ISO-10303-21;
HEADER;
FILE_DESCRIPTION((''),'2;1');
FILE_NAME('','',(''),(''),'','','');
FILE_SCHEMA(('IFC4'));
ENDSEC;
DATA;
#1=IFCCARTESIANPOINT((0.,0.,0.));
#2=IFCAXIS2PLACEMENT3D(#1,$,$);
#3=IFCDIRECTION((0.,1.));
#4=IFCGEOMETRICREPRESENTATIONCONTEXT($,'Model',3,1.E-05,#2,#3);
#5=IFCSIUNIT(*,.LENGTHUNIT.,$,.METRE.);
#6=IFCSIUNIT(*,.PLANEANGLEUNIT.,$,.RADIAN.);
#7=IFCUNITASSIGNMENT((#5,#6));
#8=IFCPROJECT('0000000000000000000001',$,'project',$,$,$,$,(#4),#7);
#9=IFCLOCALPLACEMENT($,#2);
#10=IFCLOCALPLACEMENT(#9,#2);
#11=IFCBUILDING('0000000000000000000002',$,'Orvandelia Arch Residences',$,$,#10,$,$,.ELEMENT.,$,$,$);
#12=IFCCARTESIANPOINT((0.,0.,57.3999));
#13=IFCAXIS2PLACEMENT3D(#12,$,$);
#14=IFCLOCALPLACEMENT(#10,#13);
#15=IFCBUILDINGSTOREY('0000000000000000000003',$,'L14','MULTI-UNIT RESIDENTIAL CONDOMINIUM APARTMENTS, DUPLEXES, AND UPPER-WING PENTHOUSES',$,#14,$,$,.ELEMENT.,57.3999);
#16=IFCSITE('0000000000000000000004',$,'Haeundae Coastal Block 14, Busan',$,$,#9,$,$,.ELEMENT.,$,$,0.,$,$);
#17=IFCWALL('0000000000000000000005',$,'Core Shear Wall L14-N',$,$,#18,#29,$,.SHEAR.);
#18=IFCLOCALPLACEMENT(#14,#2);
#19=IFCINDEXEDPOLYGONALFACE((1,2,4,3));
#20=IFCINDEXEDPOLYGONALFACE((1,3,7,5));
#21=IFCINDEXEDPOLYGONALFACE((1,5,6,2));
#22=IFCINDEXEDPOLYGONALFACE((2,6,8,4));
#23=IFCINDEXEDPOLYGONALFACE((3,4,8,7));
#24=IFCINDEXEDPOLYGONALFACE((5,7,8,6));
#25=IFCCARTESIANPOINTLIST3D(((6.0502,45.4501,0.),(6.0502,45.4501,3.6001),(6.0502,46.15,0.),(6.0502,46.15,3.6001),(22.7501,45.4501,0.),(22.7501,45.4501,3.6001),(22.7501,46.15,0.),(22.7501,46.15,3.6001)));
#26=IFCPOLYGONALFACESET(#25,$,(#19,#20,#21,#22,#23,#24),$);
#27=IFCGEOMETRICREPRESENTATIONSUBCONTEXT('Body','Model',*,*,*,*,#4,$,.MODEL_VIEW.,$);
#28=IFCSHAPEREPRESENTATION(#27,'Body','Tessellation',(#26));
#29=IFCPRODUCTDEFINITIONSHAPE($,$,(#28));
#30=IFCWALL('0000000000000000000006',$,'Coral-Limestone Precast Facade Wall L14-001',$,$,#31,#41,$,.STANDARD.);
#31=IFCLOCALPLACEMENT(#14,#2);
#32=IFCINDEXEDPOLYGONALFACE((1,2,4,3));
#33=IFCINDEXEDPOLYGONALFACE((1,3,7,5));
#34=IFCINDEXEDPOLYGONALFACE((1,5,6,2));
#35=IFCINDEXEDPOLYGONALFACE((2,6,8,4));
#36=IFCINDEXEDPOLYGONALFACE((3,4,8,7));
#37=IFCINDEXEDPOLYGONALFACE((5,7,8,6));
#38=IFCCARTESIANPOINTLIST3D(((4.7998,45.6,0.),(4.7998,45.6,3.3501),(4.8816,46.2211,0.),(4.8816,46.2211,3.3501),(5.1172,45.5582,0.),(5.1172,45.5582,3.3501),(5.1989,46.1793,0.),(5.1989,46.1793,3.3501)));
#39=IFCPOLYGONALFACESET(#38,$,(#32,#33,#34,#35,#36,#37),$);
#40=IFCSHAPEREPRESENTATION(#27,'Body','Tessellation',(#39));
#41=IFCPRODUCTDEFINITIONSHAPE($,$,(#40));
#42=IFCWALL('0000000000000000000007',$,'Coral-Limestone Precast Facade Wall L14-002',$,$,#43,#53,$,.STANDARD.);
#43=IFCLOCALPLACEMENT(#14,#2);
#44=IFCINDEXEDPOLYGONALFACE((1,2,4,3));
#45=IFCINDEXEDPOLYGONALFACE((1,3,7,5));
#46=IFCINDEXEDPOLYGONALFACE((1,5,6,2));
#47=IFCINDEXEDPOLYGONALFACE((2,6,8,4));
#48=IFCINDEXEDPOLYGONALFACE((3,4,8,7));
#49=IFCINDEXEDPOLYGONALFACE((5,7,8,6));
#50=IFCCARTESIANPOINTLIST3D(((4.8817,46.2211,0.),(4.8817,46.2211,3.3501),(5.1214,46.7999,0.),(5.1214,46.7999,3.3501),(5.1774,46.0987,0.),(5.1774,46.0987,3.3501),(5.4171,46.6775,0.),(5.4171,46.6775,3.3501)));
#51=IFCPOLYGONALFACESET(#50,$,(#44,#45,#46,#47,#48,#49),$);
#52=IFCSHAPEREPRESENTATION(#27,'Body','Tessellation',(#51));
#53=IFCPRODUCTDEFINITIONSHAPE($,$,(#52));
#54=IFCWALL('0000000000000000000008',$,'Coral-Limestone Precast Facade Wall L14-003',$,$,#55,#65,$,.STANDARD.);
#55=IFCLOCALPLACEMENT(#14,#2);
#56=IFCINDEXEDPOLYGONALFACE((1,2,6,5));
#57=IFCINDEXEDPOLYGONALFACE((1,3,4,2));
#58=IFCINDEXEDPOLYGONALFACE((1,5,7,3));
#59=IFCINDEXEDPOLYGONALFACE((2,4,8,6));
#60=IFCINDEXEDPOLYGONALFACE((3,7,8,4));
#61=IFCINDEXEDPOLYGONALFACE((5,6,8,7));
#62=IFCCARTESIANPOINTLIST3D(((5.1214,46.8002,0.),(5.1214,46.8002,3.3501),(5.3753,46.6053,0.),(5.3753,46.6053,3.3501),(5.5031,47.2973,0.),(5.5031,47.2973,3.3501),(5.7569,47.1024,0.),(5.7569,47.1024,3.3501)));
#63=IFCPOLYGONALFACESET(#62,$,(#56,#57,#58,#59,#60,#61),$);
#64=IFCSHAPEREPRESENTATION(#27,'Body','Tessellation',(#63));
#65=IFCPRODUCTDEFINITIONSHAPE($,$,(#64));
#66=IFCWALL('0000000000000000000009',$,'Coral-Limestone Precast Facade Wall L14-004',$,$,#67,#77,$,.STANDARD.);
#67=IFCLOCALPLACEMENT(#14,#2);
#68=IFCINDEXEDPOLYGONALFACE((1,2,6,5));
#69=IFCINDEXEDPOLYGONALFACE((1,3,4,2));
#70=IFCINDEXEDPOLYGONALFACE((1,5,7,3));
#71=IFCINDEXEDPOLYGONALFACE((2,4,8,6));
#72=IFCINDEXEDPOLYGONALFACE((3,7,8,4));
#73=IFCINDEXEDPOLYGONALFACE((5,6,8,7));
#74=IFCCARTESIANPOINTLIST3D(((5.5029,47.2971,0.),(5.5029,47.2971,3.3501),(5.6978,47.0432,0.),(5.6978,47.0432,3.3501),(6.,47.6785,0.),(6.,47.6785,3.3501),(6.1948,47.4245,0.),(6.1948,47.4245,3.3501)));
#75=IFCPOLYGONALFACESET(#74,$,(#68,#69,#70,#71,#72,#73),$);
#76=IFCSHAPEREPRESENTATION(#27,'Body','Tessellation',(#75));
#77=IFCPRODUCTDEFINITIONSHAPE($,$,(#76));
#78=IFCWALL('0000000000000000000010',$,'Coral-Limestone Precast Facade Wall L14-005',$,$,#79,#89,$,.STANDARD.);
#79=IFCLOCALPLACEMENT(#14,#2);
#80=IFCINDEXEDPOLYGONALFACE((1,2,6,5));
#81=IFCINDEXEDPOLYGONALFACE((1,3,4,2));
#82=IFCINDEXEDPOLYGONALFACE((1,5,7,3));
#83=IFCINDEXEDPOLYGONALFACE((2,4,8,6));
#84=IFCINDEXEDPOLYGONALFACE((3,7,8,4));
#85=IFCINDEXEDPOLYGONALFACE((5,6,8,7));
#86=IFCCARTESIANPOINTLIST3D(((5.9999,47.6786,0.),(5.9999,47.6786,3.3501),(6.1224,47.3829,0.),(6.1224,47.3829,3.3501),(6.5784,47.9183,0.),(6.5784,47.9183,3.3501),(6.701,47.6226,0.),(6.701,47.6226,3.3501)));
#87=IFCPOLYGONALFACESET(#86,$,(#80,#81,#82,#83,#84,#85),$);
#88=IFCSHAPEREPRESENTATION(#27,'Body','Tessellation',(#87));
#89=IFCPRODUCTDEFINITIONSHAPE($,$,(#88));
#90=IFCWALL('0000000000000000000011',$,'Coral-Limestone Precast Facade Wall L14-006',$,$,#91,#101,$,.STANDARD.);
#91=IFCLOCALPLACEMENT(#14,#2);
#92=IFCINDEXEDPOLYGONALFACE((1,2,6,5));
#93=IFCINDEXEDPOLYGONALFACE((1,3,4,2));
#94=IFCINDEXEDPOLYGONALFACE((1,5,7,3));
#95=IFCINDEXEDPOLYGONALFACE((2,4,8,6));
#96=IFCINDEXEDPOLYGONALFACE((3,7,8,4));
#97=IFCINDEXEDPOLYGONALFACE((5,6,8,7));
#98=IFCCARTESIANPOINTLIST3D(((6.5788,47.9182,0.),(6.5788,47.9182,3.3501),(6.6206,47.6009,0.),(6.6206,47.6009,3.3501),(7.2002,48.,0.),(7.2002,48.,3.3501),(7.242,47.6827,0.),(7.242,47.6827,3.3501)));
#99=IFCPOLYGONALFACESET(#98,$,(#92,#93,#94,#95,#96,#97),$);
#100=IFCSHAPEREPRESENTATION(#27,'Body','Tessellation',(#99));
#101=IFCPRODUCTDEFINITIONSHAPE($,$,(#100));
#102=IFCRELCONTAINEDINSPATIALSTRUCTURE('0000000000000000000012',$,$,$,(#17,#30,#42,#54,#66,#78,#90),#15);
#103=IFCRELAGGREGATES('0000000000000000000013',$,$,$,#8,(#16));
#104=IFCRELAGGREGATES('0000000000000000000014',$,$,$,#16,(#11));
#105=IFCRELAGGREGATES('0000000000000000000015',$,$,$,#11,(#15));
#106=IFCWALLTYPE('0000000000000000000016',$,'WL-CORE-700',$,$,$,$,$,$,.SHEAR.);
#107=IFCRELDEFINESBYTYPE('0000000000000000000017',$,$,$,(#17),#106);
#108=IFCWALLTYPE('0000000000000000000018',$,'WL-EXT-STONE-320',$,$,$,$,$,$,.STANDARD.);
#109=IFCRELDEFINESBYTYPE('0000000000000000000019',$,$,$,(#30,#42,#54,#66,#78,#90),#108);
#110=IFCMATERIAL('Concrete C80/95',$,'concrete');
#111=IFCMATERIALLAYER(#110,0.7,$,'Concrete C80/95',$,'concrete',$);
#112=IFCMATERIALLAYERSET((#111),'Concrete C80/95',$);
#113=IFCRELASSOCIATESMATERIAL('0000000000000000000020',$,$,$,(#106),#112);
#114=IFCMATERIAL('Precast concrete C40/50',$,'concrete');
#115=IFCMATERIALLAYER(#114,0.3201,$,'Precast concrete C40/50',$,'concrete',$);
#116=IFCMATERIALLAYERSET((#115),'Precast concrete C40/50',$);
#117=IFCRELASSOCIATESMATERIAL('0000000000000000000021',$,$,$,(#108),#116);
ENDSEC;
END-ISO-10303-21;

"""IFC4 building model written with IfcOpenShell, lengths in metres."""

from ifc_helpers import new_model, si_unit, direction, frame, frame_2d, origin, place, context, subcontext, project, spatial, rectangle, extrude, material, layer, layer_set, type_object, element, save


model = new_model("IFC4")

# Units and contexts
model_context = context("Model", 3, precision=1e-05, world=origin(), true_north=direction((0.0, 1.0)))
body_context = subcontext(model_context, "Body", "Model", "MODEL_VIEW")
ifc_project = project(units=[si_unit("LENGTHUNIT", "METRE"), si_unit("PLANEANGLEUNIT", "RADIAN")], contexts=[model_context])

# Site, building, storey
site_placement = place(None, origin())
site = spatial("IfcSite", under=ifc_project, at=site_placement, Name="Haeundae Coastal Block 14, Busan", CompositionType="ELEMENT", RefElevation=0.0)
building_placement = place(site_placement, origin())
building = spatial("IfcBuilding", under=site, at=building_placement, Name="Orvandelia Arch Residences", CompositionType="ELEMENT")
storey_placement = place(building_placement, frame((0.0, 0.0, 57.3999)))
storey = spatial("IfcBuildingStorey", under=building, at=storey_placement, Name="L14", Description="MULTI-UNIT RESIDENTIAL CONDOMINIUM APARTMENTS, DUPLEXES, AND UPPER-WING PENTHOUSES", CompositionType="ELEMENT", Elevation=57.3999)

# Shared definitions
ifc_material_1 = material(Name="Concrete C80/95", Category="concrete")

# Walls
ifc_layer_1 = layer(ifc_material_1, 0.7, Name="Concrete C80/95", Category="concrete")
ifc_layer_set_1 = layer_set([ifc_layer_1], Name="Concrete C80/95")
wall_type_1 = type_object("IfcWallType", Name="WL-CORE-700", PredefinedType="SHEAR", material=ifc_layer_set_1)
wall_1_placement = place(storey_placement, frame((6.05, 45.8, 0.0), z_axis=(0.0, 0.0, 1.0), x_axis=(1.0, 0.0, 0.0)))
element("IfcWall", 1, at=wall_1_placement, inside=storey, type_object=wall_type_1, Name="Core Shear Wall L14-N", PredefinedType="SHEAR", context=body_context, shape_type="SweptSolid", body=[
    extrude(rectangle(XDim=16.7, YDim=0.7, at=frame_2d((8.3501, 0.0))), origin(), (0.0, 0.0, 1.0), 3.6001),
])
ifc_material_2 = material(Name="Precast concrete C40/50", Category="concrete")
ifc_layer_2 = layer(ifc_material_2, 0.3201, Name="Precast concrete C40/50", Category="concrete")
ifc_layer_set_2 = layer_set([ifc_layer_2], Name="Precast concrete C40/50")
wall_type_2 = type_object("IfcWallType", Name="WL-EXT-STONE-320", PredefinedType="STANDARD", material=ifc_layer_set_2)
for number, where, z_axis, x_axis, name in (
    (2, (4.9585, 45.5791, 0.0), (0.0, 0.0, 1.0), (0.130555, 0.991441, 0.0), "Coral-Limestone Precast Facade Wall L14-001"),
    (3, (5.0295, 46.1599, 0.0), (0.0, 0.0, 1.0), (0.38265, 0.923893, 0.0), "Coral-Limestone Precast Facade Wall L14-002"),
):
    element("IfcWall", number, at=place(storey_placement, frame(where, z_axis=z_axis, x_axis=x_axis)), inside=storey, type_object=wall_type_2, Name=name, PredefinedType="STANDARD", context=body_context, shape_type="SweptSolid", body=[
        extrude(rectangle(XDim=0.6265, YDim=0.3201, at=frame_2d((0.3132, 0.0))), origin(), (0.0, 0.0, 1.0), 3.3501),
    ])
wall_2_placement = place(storey_placement, frame((5.2483, 46.7026, 0.0), z_axis=(0.0, 0.0, 1.0), x_axis=(0.608939, 0.793217, 0.0)))
element("IfcWall", 4, at=wall_2_placement, inside=storey, type_object=wall_type_2, Name="Coral-Limestone Precast Facade Wall L14-003", PredefinedType="STANDARD", context=body_context, shape_type="SweptSolid", body=[
    extrude(rectangle(XDim=0.6267, YDim=0.3201, at=frame_2d((0.3135, 0.0))), origin(), (0.0, 0.0, 1.0), 3.3501),
])
wall_3_placement = place(storey_placement, frame((5.6003, 47.1702, 0.0), z_axis=(0.0, 0.0, 1.0), x_axis=(0.793406, 0.608693, 0.0)))
element("IfcWall", 5, at=wall_3_placement, inside=storey, type_object=wall_type_2, Name="Coral-Limestone Precast Facade Wall L14-004", PredefinedType="STANDARD", context=body_context, shape_type="SweptSolid", body=[
    extrude(rectangle(XDim=0.6265, YDim=0.3201, at=frame_2d((0.3132, 0.0))), origin(), (0.0, 0.0, 1.0), 3.3501),
])
wall_4_placement = place(storey_placement, frame((6.0613, 47.5308, 0.0), z_axis=(0.0, 0.0, 1.0), x_axis=(0.923836, 0.382788, 0.0)))
element("IfcWall", 6, at=wall_4_placement, inside=storey, type_object=wall_type_2, Name="Coral-Limestone Precast Facade Wall L14-005", PredefinedType="STANDARD", context=body_context, shape_type="SweptSolid", body=[
    extrude(rectangle(XDim=0.6262, YDim=0.3201, at=frame_2d((0.313, 0.0))), origin(), (0.0, 0.0, 1.0), 3.3501),
])
wall_5_placement = place(storey_placement, frame((6.5996, 47.7595, 0.0), z_axis=(0.0, 0.0, 1.0), x_axis=(0.991448, 0.130505, 0.0)))
element("IfcWall", 7, at=wall_5_placement, inside=storey, type_object=wall_type_2, Name="Coral-Limestone Precast Facade Wall L14-006", PredefinedType="STANDARD", context=body_context, shape_type="SweptSolid", body=[
    extrude(rectangle(XDim=0.6267, YDim=0.3201, at=frame_2d((0.3135, 0.0))), origin(), (0.0, 0.0, 1.0), 3.3501),
])

save(model, "model.ifc")
